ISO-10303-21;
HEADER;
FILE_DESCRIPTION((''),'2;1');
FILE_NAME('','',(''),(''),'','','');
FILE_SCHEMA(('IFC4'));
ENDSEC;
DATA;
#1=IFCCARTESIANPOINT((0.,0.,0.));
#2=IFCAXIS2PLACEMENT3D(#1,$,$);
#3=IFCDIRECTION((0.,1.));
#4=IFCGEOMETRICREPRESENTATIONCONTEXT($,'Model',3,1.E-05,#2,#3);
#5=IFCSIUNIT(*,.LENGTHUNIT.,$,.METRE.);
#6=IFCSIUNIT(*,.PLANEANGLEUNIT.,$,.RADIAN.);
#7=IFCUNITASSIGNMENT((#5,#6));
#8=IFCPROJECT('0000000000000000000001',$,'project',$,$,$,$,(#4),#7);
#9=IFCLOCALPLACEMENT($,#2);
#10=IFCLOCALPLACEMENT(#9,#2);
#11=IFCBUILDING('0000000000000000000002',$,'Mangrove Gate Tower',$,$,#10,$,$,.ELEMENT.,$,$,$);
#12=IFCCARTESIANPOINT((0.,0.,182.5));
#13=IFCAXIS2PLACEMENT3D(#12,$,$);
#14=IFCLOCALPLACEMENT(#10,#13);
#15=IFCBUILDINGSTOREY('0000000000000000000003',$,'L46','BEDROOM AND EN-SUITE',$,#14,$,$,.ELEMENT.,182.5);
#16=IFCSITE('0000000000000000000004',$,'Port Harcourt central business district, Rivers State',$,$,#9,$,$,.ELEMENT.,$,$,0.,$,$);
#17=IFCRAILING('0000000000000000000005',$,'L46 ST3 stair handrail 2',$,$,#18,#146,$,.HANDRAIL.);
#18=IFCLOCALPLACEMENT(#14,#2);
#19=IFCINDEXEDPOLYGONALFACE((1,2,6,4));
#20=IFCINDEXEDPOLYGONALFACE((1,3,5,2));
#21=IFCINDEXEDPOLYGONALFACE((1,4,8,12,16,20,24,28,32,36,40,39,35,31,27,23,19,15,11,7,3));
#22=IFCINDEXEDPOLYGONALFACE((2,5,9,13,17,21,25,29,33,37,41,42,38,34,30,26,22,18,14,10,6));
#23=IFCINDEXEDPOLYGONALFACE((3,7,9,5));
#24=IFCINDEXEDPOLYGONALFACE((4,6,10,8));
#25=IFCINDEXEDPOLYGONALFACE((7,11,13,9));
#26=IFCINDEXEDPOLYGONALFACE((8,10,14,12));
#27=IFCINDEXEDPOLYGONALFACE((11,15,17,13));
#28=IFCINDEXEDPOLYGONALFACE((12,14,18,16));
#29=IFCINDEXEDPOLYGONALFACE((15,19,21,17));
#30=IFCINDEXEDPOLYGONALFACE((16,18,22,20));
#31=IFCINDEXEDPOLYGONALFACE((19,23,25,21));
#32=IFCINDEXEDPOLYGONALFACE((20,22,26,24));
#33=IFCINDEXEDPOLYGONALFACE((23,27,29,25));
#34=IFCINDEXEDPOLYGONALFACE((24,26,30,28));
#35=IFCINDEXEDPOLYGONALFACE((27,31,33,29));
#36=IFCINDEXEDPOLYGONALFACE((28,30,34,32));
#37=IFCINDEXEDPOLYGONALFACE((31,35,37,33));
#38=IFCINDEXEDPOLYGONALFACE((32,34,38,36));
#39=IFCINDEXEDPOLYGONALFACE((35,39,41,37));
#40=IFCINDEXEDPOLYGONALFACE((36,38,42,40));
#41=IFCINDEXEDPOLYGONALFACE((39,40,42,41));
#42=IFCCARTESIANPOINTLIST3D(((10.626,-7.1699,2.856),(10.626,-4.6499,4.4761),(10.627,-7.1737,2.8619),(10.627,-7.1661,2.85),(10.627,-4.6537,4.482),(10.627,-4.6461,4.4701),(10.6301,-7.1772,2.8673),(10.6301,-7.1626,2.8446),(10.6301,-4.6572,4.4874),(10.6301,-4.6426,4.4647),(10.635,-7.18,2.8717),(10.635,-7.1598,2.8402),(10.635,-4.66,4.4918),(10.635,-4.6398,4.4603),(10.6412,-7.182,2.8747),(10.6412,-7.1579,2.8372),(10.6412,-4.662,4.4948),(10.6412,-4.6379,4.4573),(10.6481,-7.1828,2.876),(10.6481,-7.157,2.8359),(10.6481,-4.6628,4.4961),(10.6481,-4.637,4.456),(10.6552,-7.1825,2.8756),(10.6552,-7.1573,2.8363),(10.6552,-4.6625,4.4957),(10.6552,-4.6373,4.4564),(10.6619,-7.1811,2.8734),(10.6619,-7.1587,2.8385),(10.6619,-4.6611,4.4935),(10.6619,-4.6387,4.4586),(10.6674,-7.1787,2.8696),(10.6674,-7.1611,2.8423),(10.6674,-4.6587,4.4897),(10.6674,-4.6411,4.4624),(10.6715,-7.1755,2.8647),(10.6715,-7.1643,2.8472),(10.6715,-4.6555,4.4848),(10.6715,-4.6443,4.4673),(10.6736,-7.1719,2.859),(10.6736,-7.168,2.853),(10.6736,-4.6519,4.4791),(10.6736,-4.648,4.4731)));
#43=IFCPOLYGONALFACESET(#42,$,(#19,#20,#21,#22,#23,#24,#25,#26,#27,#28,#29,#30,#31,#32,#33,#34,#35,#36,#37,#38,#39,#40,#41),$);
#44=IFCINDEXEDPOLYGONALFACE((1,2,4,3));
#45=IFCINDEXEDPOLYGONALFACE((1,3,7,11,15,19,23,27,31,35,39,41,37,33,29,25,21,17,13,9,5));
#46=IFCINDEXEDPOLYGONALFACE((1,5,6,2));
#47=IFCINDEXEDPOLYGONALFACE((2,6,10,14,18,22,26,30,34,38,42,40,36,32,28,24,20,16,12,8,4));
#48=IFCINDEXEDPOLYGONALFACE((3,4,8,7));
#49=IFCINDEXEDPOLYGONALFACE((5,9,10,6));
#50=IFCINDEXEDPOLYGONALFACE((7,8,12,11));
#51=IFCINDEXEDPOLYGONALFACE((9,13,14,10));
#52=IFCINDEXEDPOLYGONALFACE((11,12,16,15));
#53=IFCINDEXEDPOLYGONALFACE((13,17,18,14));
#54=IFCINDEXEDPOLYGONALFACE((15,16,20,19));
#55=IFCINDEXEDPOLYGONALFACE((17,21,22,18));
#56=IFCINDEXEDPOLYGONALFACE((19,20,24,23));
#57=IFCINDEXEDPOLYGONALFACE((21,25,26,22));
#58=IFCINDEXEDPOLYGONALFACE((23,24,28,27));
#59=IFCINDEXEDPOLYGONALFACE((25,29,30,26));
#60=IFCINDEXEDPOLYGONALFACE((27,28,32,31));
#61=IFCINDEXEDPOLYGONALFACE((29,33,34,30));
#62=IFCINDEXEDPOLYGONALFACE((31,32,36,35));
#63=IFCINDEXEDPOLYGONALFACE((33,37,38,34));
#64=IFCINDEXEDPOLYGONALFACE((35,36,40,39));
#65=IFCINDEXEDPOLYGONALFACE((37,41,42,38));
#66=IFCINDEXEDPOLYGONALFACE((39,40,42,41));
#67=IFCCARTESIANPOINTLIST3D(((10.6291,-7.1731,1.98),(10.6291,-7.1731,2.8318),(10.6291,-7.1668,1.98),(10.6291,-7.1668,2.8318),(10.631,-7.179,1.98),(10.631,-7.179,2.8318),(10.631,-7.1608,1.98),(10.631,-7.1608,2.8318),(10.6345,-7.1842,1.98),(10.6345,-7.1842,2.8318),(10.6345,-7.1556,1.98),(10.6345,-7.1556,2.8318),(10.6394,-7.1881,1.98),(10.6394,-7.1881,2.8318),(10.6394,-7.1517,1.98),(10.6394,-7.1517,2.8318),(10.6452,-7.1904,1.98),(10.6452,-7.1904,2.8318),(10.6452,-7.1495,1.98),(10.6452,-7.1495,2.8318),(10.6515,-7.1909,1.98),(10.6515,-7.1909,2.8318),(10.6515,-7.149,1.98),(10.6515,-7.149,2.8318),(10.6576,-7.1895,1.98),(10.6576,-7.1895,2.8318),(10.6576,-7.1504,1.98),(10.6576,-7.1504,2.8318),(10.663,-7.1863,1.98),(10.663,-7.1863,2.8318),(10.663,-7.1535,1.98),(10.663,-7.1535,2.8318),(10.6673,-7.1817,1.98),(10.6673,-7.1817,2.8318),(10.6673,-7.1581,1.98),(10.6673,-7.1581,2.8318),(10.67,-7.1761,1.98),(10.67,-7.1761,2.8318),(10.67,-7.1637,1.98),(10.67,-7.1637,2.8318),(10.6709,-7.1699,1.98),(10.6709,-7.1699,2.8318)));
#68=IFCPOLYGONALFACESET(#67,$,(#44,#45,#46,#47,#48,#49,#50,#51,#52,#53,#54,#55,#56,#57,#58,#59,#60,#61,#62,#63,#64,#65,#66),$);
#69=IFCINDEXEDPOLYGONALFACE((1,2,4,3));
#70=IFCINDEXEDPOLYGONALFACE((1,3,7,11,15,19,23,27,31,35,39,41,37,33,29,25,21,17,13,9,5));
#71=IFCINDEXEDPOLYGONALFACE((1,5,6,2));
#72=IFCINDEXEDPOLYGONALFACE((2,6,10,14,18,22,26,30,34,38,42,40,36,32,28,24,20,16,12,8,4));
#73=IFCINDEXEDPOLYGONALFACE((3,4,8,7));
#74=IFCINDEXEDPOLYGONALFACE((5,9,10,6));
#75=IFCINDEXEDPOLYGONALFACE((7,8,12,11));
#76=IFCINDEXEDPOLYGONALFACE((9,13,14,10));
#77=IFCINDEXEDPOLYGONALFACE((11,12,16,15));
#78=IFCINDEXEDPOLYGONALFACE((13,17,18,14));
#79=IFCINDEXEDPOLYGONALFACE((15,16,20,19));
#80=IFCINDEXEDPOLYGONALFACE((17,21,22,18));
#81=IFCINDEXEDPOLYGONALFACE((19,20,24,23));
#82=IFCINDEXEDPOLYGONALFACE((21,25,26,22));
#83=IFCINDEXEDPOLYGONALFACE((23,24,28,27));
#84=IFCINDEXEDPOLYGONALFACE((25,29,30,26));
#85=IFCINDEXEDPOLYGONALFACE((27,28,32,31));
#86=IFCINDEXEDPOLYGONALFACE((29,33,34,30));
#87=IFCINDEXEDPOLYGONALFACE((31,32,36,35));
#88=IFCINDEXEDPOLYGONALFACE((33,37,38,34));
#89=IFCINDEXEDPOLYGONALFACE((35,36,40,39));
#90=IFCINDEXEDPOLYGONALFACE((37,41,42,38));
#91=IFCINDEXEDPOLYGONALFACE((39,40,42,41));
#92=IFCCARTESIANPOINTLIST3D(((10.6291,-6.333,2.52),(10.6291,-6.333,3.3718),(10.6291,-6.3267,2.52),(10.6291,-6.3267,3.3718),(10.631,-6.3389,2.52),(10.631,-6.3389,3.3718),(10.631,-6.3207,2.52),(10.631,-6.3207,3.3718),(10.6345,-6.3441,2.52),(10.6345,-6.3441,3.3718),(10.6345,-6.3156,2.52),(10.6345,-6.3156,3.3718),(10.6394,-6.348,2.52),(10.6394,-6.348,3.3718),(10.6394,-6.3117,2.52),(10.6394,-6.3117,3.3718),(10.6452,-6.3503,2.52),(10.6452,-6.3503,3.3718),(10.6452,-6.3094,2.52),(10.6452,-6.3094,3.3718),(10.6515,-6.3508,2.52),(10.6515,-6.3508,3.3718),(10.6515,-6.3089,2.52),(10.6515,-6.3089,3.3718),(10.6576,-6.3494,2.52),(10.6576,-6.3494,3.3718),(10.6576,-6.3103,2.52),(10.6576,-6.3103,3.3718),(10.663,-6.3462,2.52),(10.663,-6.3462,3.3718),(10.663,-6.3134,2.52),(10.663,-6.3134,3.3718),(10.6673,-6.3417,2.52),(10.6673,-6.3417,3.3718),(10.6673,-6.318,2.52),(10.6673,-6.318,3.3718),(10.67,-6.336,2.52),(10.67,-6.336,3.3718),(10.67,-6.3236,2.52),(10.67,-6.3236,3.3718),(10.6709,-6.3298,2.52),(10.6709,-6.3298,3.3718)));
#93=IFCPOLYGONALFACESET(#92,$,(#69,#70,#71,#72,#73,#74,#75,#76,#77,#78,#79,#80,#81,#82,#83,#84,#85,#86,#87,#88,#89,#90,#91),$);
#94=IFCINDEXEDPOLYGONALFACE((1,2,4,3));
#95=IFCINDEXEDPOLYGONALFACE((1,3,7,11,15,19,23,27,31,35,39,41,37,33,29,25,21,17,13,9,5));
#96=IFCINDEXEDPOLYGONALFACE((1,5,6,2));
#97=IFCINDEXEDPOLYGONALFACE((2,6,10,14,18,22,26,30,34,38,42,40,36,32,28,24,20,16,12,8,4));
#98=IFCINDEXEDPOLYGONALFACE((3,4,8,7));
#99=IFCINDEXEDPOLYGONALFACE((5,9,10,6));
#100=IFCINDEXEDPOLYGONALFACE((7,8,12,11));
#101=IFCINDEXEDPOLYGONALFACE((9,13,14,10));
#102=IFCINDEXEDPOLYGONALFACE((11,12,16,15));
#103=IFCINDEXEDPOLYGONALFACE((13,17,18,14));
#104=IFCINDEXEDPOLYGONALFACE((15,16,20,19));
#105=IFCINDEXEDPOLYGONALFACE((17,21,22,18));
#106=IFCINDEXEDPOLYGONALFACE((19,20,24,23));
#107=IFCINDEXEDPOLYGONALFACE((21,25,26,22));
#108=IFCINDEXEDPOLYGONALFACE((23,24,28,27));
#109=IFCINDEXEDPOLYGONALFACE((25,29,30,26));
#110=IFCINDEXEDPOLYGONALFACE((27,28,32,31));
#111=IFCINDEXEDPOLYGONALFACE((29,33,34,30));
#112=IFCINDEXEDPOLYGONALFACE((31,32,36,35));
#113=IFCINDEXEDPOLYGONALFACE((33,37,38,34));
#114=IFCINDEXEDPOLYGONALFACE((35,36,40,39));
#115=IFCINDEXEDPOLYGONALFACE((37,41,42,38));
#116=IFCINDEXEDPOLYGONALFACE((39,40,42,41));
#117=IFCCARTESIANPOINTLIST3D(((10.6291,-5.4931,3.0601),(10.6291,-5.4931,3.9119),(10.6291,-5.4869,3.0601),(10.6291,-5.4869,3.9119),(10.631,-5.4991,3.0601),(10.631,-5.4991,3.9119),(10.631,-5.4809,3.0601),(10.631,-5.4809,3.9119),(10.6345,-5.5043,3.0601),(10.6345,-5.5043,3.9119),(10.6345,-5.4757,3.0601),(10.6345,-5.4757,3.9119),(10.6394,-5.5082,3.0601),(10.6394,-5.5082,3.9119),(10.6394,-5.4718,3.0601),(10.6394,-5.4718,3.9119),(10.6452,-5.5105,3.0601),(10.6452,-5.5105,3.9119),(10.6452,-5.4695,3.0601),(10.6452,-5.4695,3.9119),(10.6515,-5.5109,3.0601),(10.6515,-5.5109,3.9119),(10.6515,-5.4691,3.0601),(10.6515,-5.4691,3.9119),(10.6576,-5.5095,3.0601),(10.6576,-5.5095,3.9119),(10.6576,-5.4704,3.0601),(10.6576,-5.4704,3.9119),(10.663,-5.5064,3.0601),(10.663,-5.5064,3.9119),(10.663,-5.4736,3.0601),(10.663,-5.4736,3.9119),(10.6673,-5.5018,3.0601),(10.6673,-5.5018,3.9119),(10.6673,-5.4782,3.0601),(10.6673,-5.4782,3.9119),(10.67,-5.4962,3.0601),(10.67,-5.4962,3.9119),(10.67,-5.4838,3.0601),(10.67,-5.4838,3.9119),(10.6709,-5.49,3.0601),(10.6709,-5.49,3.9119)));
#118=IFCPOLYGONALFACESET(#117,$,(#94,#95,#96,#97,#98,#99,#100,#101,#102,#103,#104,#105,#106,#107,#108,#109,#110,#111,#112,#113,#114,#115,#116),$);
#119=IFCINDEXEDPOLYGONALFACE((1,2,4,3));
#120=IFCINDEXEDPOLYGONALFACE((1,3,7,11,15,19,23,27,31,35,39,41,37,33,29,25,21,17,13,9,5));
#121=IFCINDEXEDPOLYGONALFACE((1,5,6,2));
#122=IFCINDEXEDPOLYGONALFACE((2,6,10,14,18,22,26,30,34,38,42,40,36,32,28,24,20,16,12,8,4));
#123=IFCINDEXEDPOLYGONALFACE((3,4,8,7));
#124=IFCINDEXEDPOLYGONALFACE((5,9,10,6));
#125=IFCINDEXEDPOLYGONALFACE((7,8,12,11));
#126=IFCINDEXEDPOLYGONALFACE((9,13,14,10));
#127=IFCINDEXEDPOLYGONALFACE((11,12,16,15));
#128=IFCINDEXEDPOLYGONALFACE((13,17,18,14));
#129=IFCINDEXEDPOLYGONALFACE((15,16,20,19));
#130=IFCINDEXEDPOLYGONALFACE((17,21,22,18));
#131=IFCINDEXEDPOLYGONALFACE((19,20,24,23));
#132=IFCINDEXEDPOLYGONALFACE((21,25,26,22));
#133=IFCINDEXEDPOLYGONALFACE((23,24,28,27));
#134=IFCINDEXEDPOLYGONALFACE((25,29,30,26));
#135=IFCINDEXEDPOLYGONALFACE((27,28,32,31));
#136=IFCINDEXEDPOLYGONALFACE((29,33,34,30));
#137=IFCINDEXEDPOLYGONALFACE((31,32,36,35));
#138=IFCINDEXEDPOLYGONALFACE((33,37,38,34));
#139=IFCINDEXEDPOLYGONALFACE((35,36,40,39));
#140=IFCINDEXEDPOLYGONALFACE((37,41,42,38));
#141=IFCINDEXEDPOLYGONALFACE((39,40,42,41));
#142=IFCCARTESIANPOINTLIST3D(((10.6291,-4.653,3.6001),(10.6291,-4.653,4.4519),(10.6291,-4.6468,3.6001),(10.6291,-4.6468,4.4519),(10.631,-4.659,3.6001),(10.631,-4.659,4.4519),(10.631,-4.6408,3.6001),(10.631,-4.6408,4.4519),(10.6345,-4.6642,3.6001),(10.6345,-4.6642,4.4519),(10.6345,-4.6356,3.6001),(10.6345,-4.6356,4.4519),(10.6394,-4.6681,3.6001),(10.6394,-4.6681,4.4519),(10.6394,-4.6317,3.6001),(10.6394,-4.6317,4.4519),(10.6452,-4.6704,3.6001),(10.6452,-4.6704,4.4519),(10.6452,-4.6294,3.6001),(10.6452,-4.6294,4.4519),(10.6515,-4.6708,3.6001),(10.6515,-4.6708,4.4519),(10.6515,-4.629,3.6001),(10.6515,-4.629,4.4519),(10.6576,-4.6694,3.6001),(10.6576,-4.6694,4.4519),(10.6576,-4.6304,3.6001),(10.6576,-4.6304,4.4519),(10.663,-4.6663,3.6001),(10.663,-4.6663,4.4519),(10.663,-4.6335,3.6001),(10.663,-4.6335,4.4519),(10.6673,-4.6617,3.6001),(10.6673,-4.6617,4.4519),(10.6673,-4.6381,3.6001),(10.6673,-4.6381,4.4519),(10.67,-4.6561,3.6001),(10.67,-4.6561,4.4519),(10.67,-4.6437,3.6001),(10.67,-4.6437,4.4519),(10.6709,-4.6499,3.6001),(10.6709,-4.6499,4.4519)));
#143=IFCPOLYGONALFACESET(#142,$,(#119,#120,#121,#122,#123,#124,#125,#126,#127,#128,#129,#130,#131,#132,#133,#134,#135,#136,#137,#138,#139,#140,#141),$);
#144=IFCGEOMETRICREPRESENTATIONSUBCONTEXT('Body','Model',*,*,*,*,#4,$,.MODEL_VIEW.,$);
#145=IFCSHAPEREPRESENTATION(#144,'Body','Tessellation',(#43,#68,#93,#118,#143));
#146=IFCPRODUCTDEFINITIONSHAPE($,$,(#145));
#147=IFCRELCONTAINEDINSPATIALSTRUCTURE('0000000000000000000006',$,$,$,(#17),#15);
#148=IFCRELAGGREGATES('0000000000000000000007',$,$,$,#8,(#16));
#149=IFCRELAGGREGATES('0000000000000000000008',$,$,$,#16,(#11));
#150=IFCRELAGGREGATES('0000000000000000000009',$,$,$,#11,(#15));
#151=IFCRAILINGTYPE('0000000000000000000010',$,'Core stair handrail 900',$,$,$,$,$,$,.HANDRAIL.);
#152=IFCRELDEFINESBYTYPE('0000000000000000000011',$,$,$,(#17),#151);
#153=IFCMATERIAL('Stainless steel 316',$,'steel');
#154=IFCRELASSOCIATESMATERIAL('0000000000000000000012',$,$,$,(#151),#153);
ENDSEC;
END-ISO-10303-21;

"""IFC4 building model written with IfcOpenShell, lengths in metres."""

from ifc_helpers import new_model, si_unit, direction, frame, origin, origin_2d, place, context, subcontext, project, spatial, circle, extrude, material, type_object, element, save


model = new_model("IFC4")

# Units and contexts
model_context = context("Model", 3, precision=1e-05, world=origin(), true_north=direction((0.0, 1.0)))
body_context = subcontext(model_context, "Body", "Model", "MODEL_VIEW")
ifc_project = project(units=[si_unit("LENGTHUNIT", "METRE"), si_unit("PLANEANGLEUNIT", "RADIAN")], contexts=[model_context])

# Site, building, storey
site_placement = place(None, origin())
site = spatial("IfcSite", under=ifc_project, at=site_placement, Name="Port Harcourt central business district, Rivers State", CompositionType="ELEMENT", RefElevation=0.0)
building_placement = place(site_placement, origin())
building = spatial("IfcBuilding", under=site, at=building_placement, Name="Mangrove Gate Tower", CompositionType="ELEMENT")
storey_placement = place(building_placement, frame((0.0, 0.0, 182.5)))
storey = spatial("IfcBuildingStorey", under=building, at=storey_placement, Name="L46", Description="BEDROOM AND EN-SUITE", CompositionType="ELEMENT", Elevation=182.5)

# Railing
ifc_material_1 = material(Name="Stainless steel 316", Category="steel")
railing_type_1 = type_object("IfcRailingType", Name="Core stair handrail 900", PredefinedType="HANDRAIL", material=ifc_material_1)
railing_1_placement = place(storey_placement, frame((10.6499, -7.1699, 1.98)))
element("IfcRailing", 1, at=railing_1_placement, inside=storey, type_object=railing_type_1, Name="L46 ST3 stair handrail 2", PredefinedType="HANDRAIL", context=body_context, shape_type="SweptSolid", body=[
    extrude(circle(Radius=0.0239, at=origin_2d()), frame((0.0, 0.0, 0.876), z_axis=(0.0, 0.841163, 0.540782), x_axis=(-1.0, 0.0, 0.0)), (0.0, 0.0, 1.0), 2.9958),
    extrude(circle(Radius=0.021, at=origin_2d()), origin(), (0.0, 0.0, 1.0), 0.8518),
    extrude(circle(Radius=0.021, at=origin_2d()), frame((0.0, 0.8401, 0.54)), (0.0, 0.0, 1.0), 0.8518),
    extrude(circle(Radius=0.021, at=origin_2d()), frame((0.0, 1.6799, 1.0801)), (0.0, 0.0, 1.0), 0.8518),
    extrude(circle(Radius=0.021, at=origin_2d()), frame((0.0, 2.52, 1.6201)), (0.0, 0.0, 1.0), 0.8518),
])

save(model, "model.ifc")
